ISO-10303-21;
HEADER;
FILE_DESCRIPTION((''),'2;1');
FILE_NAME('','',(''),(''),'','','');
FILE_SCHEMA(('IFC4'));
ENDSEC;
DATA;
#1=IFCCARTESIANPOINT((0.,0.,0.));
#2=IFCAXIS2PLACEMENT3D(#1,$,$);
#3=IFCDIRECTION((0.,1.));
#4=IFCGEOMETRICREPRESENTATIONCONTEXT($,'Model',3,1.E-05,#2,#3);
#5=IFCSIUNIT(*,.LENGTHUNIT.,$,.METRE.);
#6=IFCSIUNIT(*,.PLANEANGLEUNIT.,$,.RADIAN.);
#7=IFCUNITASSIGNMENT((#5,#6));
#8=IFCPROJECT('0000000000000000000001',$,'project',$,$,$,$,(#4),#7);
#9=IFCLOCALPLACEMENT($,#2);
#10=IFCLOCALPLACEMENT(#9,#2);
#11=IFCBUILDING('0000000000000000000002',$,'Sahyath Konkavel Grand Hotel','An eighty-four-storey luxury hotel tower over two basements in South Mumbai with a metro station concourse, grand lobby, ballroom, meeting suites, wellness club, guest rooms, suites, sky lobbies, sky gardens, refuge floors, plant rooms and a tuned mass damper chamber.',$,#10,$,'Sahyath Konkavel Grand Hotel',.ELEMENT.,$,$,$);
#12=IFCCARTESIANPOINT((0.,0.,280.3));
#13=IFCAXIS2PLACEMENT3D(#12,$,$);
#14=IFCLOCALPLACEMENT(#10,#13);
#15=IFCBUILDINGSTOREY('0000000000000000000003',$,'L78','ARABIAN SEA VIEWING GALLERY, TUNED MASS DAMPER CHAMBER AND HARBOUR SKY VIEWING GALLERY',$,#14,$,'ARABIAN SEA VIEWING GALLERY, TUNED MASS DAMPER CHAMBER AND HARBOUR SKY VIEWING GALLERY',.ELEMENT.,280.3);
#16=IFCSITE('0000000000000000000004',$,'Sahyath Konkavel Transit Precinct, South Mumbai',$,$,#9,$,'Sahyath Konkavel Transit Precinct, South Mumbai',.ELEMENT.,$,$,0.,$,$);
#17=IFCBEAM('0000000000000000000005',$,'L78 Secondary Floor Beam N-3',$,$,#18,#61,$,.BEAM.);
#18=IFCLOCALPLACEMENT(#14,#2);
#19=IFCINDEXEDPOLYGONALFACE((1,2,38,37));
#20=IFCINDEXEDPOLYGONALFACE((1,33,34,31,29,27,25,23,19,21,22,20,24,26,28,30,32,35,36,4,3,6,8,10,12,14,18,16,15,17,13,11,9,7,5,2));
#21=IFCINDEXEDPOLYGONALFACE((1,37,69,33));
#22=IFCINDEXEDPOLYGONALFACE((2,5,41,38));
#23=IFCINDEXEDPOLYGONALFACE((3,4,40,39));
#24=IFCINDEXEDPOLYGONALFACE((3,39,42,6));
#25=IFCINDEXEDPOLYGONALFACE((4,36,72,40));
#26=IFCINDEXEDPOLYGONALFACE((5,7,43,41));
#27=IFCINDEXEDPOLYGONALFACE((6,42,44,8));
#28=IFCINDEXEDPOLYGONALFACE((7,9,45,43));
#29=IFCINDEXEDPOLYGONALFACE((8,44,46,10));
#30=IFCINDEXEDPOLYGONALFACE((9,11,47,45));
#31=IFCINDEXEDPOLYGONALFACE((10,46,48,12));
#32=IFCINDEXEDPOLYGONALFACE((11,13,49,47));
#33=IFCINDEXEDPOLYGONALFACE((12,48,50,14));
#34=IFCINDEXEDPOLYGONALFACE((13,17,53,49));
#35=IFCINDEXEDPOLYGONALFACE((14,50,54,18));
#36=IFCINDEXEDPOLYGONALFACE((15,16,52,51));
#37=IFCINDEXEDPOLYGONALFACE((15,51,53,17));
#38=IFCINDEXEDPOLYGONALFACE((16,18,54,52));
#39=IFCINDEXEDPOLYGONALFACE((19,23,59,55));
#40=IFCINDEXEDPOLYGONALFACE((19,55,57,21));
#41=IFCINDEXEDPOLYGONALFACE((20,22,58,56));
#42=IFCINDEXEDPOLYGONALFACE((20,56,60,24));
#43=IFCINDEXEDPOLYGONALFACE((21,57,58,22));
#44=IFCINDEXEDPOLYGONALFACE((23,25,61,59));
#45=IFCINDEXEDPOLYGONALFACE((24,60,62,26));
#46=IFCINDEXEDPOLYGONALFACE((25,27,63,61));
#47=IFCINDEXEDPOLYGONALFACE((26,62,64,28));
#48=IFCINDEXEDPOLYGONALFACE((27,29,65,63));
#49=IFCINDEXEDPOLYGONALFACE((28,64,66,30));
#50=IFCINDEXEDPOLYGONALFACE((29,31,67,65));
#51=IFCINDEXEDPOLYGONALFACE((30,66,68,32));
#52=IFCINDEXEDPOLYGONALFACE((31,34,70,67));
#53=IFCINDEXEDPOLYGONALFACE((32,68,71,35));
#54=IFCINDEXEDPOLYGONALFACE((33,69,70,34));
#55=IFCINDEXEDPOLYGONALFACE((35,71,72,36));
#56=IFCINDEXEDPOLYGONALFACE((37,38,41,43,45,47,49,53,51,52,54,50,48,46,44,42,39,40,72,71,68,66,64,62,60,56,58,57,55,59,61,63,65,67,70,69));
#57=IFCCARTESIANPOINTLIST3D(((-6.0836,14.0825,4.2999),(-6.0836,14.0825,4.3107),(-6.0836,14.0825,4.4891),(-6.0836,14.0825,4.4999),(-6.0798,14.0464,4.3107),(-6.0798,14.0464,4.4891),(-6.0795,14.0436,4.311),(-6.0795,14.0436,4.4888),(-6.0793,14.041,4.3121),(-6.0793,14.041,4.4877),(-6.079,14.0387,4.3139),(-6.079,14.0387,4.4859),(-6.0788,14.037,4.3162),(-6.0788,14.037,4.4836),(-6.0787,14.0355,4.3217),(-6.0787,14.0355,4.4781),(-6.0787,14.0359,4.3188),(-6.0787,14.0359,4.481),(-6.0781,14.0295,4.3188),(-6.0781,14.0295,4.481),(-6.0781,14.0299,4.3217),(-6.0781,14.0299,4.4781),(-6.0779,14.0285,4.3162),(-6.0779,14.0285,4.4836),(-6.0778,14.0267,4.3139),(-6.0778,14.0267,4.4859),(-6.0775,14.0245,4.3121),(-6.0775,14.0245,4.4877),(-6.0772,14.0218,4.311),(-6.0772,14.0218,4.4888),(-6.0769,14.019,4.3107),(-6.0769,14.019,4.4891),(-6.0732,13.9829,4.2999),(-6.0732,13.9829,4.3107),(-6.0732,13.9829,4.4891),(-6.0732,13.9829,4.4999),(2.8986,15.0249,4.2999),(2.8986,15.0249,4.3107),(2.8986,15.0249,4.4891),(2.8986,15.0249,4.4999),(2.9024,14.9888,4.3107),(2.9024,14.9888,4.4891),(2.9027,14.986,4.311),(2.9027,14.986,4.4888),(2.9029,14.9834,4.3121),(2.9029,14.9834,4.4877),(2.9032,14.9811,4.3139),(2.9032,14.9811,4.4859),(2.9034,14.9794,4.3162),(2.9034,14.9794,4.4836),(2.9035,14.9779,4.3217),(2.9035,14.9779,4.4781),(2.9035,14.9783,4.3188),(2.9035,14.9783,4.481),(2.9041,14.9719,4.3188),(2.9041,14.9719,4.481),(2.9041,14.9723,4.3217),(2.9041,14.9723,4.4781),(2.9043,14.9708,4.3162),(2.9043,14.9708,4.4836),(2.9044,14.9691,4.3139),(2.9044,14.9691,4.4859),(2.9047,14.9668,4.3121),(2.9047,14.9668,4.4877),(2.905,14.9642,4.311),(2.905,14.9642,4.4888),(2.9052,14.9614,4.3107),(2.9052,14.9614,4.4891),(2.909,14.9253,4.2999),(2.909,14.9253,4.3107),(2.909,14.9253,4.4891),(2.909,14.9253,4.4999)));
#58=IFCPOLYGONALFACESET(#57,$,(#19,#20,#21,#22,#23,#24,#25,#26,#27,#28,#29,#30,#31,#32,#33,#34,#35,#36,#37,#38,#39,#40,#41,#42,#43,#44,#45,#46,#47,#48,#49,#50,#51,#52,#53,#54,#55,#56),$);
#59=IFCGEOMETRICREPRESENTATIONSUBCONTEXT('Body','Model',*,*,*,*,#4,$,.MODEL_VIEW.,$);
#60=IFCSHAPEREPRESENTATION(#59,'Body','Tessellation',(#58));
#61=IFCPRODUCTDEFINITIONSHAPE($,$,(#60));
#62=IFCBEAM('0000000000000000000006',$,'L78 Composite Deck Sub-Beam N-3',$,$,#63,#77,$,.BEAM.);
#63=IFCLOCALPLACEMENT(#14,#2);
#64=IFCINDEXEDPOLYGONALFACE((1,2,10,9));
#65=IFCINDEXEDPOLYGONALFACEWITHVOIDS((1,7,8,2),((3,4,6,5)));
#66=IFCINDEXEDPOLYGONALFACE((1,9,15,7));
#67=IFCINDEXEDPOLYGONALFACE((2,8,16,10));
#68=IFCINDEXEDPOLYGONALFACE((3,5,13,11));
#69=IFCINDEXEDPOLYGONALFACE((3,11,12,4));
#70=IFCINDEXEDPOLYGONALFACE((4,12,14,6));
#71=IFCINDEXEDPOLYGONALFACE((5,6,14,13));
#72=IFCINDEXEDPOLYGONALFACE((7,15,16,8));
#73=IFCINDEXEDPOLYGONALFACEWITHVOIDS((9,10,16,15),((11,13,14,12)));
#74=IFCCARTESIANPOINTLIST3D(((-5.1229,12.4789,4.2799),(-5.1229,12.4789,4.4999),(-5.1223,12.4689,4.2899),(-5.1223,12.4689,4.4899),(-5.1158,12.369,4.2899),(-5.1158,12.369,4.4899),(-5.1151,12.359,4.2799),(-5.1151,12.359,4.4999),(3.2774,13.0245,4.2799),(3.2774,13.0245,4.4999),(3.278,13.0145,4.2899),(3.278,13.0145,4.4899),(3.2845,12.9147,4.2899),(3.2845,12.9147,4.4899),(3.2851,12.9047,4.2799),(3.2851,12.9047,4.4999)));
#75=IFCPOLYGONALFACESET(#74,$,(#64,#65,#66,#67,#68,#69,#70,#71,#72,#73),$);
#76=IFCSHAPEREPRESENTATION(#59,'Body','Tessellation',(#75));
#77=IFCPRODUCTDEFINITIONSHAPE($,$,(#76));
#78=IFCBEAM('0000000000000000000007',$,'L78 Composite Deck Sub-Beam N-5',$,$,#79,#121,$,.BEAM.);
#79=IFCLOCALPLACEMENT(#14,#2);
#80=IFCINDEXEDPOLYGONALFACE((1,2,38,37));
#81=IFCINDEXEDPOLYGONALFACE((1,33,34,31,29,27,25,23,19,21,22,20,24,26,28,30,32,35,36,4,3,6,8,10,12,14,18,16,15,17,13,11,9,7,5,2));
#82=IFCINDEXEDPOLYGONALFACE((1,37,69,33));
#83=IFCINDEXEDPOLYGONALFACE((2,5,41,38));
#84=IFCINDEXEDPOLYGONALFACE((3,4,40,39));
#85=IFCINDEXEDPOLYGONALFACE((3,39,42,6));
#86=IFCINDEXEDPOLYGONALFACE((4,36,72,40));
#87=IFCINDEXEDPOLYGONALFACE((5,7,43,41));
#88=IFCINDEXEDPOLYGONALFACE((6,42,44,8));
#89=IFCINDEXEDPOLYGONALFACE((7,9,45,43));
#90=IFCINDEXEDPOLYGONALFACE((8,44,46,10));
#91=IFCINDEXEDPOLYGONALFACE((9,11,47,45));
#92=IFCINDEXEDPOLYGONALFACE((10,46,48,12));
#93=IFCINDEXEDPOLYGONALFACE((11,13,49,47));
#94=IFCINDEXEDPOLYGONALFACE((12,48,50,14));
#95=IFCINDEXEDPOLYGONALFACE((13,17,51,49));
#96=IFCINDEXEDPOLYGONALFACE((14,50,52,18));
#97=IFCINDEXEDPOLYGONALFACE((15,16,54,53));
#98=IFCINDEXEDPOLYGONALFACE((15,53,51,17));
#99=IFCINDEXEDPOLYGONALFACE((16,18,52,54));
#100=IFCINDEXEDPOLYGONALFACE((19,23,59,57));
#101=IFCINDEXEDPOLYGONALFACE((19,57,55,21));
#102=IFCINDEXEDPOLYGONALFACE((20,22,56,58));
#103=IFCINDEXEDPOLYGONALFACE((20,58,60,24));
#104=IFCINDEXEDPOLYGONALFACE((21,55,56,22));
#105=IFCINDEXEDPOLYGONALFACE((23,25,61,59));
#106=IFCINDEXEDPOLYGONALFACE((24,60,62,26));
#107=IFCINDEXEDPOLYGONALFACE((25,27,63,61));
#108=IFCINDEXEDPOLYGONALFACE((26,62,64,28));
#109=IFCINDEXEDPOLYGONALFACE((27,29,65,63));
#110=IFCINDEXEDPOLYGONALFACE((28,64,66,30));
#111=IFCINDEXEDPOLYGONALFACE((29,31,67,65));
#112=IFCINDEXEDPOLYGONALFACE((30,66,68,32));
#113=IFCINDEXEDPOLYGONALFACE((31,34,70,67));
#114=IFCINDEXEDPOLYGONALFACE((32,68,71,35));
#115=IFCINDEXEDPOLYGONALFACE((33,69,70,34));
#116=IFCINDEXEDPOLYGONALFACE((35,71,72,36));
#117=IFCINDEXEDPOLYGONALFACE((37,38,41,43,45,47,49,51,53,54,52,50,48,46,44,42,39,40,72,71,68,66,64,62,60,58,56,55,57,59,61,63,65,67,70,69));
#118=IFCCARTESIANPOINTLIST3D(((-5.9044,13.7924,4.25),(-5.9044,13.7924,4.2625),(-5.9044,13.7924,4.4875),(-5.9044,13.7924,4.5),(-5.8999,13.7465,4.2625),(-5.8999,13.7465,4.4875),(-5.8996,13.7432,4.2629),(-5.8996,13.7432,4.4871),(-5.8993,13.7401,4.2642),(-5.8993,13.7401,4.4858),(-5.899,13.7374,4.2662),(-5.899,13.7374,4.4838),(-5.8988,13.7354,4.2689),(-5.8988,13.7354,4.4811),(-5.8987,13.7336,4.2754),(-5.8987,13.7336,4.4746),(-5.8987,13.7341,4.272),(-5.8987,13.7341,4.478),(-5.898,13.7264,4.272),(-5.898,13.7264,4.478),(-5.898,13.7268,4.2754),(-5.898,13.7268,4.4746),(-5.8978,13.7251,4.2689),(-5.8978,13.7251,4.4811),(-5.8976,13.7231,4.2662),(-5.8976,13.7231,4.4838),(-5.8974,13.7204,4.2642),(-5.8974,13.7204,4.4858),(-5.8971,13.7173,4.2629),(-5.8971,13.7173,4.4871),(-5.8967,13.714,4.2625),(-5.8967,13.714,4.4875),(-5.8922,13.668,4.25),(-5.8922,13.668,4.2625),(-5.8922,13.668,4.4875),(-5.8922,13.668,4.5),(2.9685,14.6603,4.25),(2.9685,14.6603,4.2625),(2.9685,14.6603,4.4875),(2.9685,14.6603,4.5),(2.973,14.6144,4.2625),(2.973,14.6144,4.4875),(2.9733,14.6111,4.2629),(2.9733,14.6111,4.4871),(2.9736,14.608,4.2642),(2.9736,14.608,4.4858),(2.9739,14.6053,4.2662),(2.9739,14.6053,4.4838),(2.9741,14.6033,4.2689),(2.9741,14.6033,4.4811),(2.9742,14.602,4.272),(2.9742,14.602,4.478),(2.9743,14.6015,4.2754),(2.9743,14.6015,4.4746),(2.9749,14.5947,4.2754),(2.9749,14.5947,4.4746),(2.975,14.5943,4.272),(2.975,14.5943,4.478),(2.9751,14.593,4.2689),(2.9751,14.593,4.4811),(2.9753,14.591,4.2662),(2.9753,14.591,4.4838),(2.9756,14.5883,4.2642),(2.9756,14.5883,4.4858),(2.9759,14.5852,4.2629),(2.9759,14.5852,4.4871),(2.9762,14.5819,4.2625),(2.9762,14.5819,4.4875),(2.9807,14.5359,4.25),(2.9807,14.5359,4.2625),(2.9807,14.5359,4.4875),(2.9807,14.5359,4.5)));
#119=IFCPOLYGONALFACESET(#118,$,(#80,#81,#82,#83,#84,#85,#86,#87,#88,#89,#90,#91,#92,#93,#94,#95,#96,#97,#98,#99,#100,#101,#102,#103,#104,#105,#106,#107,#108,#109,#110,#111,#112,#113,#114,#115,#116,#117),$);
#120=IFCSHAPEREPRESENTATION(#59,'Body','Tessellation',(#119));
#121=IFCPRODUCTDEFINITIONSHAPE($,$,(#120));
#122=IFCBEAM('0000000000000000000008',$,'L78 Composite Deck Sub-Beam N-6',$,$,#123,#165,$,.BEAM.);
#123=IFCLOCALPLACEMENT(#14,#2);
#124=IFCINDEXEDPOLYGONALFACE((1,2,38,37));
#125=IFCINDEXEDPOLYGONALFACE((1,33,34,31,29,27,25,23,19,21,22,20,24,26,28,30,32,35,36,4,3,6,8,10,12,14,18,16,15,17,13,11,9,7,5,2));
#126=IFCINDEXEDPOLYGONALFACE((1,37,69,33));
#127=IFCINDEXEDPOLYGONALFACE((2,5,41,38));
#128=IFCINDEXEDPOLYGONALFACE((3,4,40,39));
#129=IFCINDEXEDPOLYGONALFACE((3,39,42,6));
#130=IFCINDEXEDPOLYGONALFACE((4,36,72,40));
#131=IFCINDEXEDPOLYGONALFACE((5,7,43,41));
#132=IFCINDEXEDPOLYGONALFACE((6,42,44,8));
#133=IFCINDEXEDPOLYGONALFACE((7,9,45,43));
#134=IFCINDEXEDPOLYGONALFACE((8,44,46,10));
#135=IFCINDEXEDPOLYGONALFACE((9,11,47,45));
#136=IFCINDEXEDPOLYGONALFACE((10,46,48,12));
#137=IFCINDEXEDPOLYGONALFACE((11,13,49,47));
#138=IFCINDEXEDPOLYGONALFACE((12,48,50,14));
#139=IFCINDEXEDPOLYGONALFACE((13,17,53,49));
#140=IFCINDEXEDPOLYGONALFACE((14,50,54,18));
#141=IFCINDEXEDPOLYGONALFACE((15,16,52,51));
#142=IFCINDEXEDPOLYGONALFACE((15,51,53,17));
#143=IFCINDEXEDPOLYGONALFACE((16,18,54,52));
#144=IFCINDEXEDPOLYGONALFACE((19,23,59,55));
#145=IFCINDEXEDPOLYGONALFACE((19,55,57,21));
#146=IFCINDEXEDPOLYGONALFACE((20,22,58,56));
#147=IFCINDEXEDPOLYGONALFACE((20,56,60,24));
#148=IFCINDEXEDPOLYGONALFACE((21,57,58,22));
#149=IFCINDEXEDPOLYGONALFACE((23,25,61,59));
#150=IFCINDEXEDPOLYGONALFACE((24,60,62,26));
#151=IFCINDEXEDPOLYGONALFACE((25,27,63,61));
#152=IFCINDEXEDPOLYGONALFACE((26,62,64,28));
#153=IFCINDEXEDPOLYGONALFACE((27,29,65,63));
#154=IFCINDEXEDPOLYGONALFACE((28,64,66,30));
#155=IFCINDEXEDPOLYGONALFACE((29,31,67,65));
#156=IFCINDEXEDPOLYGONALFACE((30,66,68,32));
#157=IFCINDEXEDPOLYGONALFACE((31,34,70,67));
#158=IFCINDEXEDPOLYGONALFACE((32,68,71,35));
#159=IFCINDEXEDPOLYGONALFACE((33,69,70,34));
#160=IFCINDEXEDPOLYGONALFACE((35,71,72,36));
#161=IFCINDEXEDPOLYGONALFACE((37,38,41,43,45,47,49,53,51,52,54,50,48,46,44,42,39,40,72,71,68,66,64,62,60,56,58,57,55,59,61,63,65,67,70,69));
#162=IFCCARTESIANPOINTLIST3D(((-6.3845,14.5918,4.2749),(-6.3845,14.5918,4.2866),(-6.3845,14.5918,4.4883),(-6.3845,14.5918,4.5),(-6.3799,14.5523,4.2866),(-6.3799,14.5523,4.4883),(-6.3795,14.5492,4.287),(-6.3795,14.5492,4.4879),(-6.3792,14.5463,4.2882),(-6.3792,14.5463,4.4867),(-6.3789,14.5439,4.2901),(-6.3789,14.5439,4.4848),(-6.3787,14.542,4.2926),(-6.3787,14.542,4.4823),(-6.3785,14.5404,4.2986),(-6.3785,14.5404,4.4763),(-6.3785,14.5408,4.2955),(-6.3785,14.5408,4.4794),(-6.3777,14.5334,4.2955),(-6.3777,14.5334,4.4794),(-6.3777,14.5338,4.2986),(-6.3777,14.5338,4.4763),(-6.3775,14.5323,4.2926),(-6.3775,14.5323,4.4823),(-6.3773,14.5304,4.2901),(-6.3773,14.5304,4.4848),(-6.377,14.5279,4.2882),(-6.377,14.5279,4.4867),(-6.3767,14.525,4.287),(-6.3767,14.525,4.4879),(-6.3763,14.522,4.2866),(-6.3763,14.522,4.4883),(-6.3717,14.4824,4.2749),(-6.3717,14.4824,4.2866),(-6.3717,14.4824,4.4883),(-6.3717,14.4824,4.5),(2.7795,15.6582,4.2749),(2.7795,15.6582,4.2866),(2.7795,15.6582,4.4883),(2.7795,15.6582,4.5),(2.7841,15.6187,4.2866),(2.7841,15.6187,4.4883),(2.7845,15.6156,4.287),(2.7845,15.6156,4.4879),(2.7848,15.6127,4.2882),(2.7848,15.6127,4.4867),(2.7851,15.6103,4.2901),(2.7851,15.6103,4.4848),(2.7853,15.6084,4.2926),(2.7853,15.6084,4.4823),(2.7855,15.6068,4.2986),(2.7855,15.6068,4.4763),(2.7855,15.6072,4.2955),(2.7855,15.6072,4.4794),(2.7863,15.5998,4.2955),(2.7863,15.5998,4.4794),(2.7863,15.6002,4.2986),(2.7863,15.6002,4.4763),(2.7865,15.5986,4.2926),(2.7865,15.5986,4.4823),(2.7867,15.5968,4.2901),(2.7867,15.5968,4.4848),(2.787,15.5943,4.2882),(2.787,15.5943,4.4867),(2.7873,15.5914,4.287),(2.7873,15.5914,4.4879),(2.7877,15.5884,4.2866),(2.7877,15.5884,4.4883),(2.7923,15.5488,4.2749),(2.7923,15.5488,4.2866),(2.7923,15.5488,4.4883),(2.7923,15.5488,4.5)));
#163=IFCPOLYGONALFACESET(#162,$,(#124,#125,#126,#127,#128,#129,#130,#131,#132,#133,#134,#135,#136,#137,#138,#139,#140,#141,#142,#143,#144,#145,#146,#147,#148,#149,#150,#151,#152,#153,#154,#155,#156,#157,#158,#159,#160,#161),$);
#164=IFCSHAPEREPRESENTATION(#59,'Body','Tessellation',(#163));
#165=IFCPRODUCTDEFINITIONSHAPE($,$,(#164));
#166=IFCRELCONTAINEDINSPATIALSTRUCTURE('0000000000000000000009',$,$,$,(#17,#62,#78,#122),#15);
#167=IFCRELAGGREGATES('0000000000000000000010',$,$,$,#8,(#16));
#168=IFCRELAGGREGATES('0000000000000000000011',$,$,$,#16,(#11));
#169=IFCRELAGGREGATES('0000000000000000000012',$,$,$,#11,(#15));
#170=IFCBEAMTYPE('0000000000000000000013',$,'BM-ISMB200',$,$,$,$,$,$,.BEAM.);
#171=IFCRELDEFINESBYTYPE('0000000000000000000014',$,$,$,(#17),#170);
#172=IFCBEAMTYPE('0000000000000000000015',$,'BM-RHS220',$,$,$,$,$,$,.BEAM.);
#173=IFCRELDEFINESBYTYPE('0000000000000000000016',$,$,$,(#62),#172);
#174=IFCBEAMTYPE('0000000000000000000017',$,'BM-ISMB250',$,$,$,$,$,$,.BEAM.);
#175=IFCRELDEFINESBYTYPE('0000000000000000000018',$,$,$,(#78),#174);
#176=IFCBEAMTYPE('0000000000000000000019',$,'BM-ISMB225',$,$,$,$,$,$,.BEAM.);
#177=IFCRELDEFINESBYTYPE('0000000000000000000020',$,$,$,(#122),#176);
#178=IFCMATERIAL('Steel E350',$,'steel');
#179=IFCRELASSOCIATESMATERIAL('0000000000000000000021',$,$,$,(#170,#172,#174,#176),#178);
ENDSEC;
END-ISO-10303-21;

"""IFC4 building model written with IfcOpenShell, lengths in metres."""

from ifc_helpers import new_model, si_unit, direction, frame, origin, origin_2d, place, context, subcontext, project, spatial, hollow_rectangle, i_section, extrude, source, transform, mapped, material, material_profile, profile_set, type_object, element, save


model = new_model("IFC4")

# Units and contexts
model_context = context("Model", 3, precision=1e-05, world=origin(), true_north=direction((0.0, 1.0)))
body_context = subcontext(model_context, "Body", "Model", "MODEL_VIEW")
ifc_project = project(units=[si_unit("LENGTHUNIT", "METRE"), si_unit("PLANEANGLEUNIT", "RADIAN")], contexts=[model_context])

# Site, building, storey
site_placement = place(None, origin())
site = spatial("IfcSite", under=ifc_project, at=site_placement, Name="Sahyath Konkavel Transit Precinct, South Mumbai", LongName="Sahyath Konkavel Transit Precinct, South Mumbai", CompositionType="ELEMENT", RefElevation=0.0)
building_placement = place(site_placement, origin())
building = spatial("IfcBuilding", under=site, at=building_placement, Name="Sahyath Konkavel Grand Hotel", Description="An eighty-four-storey luxury hotel tower over two basements in South Mumbai with a metro station concourse, grand lobby, ballroom, meeting suites, wellness club, guest rooms, suites, sky lobbies, sky gardens, refuge floors, plant rooms and a tuned mass damper chamber.", LongName="Sahyath Konkavel Grand Hotel", CompositionType="ELEMENT")
storey_placement = place(building_placement, frame((0.0, 0.0, 280.3)))
storey = spatial("IfcBuildingStorey", under=building, at=storey_placement, Name="L78", Description="ARABIAN SEA VIEWING GALLERY, TUNED MASS DAMPER CHAMBER AND HARBOUR SKY VIEWING GALLERY", LongName="ARABIAN SEA VIEWING GALLERY, TUNED MASS DAMPER CHAMBER AND HARBOUR SKY VIEWING GALLERY", CompositionType="ELEMENT", Elevation=280.3)

# Beams
ifc_material_1 = material(Name="Steel E350", Category="steel")
ifc_material_profile_1 = material_profile(ifc_material_1, i_section(OverallWidth=0.1001, OverallDepth=0.2, WebThickness=0.0056, FlangeThickness=0.0107, FilletRadius=0.011, at=origin_2d()), Name="ISMB 200")
ifc_profile_set_1 = profile_set([ifc_material_profile_1], Name="Steel E350")
beam_type_1 = type_object("IfcBeamType", Name="BM-ISMB200", PredefinedType="BEAM", material=ifc_profile_set_1)
shared_shape_1 = source(origin(), body_context, "Body", "SweptSolid", [
    extrude(i_section(OverallWidth=0.1001, OverallDepth=0.2, WebThickness=0.0056, FlangeThickness=0.0107, FilletRadius=0.011, at=origin_2d()), origin(), (0.0, 0.0, 1.0), 9.0315),
])
beam_1_placement = place(storey_placement, frame((2.9038, 14.9751, 4.3999), z_axis=(-0.994541, -0.104344, 0.0), x_axis=(0.104344, -0.994541, 0.0)))
element("IfcBeam", 1, at=beam_1_placement, inside=storey, type_object=beam_type_1, Name="L78 Secondary Floor Beam N-3", PredefinedType="BEAM", context=body_context, shape_type="MappedRepresentation", body=[
    mapped(shared_shape_1, transform((0.0, 0.0, 0.0), scale=1.0)),
])
ifc_material_profile_2 = material_profile(ifc_material_1, hollow_rectangle(XDim=0.1201, YDim=0.22, WallThickness=0.01, at=origin_2d()), Name="RHS 220x120x10")
ifc_profile_set_2 = profile_set([ifc_material_profile_2], Name="Steel E350")
beam_type_2 = type_object("IfcBeamType", Name="BM-RHS220", PredefinedType="BEAM", material=ifc_profile_set_2)
shared_shape_2 = source(origin(), body_context, "Body", "SweptSolid", [
    extrude(hollow_rectangle(XDim=0.1201, YDim=0.22, WallThickness=0.01, at=origin_2d()), origin(), (0.0, 0.0, 1.0), 8.418),
])
beam_2_placement = place(storey_placement, frame((3.2812, 12.9646, 4.3899), z_axis=(-0.997897, -0.064821, 0.0), x_axis=(0.064821, -0.997897, 0.0)))
element("IfcBeam", 2, at=beam_2_placement, inside=storey, type_object=beam_type_2, Name="L78 Composite Deck Sub-Beam N-3", PredefinedType="BEAM", context=body_context, shape_type="MappedRepresentation", body=[
    mapped(shared_shape_2, transform((0.0, 0.0, 0.0), scale=1.0)),
])
ifc_material_profile_3 = material_profile(ifc_material_1, i_section(OverallWidth=0.125, OverallDepth=0.25, WebThickness=0.0068, FlangeThickness=0.0125, FilletRadius=0.0129, at=origin_2d()), Name="ISMB 250")
ifc_profile_set_3 = profile_set([ifc_material_profile_3], Name="Steel E350")
beam_type_3 = type_object("IfcBeamType", Name="BM-ISMB250", PredefinedType="BEAM", material=ifc_profile_set_3)
shared_shape_3 = source(origin(), body_context, "Body", "SweptSolid", [
    extrude(i_section(OverallWidth=0.125, OverallDepth=0.25, WebThickness=0.0068, FlangeThickness=0.0125, FilletRadius=0.0129, at=origin_2d()), origin(), (0.0, 0.0, 1.0), 8.9153),
])
beam_3_placement = place(storey_placement, frame((2.9746, 14.5981, 4.375), z_axis=(-0.99525, -0.097351, 0.0), x_axis=(0.097351, -0.99525, 0.0)))
element("IfcBeam", 3, at=beam_3_placement, inside=storey, type_object=beam_type_3, Name="L78 Composite Deck Sub-Beam N-5", PredefinedType="BEAM", context=body_context, shape_type="MappedRepresentation", body=[
    mapped(shared_shape_3, transform((0.0, 0.0, 0.0), scale=1.0)),
])
ifc_material_profile_4 = material_profile(ifc_material_1, i_section(OverallWidth=0.1101, OverallDepth=0.2251, WebThickness=0.0066, FlangeThickness=0.0117, FilletRadius=0.012, at=origin_2d()), Name="ISMB 225")
ifc_profile_set_4 = profile_set([ifc_material_profile_4], Name="Steel E350")
beam_type_4 = type_object("IfcBeamType", Name="BM-ISMB225", PredefinedType="BEAM", material=ifc_profile_set_4)
shared_shape_4 = source(origin(), body_context, "Body", "SweptSolid", [
    extrude(i_section(OverallWidth=0.1101, OverallDepth=0.2251, WebThickness=0.0066, FlangeThickness=0.0117, FilletRadius=0.012, at=origin_2d()), origin(), (0.0, 0.0, 1.0), 9.2258),
])
beam_4_placement = place(storey_placement, frame((2.7859, 15.6035, 4.3875), z_axis=(-0.993297, -0.115588, 0.0), x_axis=(0.115588, -0.993297, 0.0)))
element("IfcBeam", 4, at=beam_4_placement, inside=storey, type_object=beam_type_4, Name="L78 Composite Deck Sub-Beam N-6", PredefinedType="BEAM", context=body_context, shape_type="MappedRepresentation", body=[
    mapped(shared_shape_4, transform((0.0, 0.0, 0.0), scale=1.0)),
])

save(model, "model.ifc")
